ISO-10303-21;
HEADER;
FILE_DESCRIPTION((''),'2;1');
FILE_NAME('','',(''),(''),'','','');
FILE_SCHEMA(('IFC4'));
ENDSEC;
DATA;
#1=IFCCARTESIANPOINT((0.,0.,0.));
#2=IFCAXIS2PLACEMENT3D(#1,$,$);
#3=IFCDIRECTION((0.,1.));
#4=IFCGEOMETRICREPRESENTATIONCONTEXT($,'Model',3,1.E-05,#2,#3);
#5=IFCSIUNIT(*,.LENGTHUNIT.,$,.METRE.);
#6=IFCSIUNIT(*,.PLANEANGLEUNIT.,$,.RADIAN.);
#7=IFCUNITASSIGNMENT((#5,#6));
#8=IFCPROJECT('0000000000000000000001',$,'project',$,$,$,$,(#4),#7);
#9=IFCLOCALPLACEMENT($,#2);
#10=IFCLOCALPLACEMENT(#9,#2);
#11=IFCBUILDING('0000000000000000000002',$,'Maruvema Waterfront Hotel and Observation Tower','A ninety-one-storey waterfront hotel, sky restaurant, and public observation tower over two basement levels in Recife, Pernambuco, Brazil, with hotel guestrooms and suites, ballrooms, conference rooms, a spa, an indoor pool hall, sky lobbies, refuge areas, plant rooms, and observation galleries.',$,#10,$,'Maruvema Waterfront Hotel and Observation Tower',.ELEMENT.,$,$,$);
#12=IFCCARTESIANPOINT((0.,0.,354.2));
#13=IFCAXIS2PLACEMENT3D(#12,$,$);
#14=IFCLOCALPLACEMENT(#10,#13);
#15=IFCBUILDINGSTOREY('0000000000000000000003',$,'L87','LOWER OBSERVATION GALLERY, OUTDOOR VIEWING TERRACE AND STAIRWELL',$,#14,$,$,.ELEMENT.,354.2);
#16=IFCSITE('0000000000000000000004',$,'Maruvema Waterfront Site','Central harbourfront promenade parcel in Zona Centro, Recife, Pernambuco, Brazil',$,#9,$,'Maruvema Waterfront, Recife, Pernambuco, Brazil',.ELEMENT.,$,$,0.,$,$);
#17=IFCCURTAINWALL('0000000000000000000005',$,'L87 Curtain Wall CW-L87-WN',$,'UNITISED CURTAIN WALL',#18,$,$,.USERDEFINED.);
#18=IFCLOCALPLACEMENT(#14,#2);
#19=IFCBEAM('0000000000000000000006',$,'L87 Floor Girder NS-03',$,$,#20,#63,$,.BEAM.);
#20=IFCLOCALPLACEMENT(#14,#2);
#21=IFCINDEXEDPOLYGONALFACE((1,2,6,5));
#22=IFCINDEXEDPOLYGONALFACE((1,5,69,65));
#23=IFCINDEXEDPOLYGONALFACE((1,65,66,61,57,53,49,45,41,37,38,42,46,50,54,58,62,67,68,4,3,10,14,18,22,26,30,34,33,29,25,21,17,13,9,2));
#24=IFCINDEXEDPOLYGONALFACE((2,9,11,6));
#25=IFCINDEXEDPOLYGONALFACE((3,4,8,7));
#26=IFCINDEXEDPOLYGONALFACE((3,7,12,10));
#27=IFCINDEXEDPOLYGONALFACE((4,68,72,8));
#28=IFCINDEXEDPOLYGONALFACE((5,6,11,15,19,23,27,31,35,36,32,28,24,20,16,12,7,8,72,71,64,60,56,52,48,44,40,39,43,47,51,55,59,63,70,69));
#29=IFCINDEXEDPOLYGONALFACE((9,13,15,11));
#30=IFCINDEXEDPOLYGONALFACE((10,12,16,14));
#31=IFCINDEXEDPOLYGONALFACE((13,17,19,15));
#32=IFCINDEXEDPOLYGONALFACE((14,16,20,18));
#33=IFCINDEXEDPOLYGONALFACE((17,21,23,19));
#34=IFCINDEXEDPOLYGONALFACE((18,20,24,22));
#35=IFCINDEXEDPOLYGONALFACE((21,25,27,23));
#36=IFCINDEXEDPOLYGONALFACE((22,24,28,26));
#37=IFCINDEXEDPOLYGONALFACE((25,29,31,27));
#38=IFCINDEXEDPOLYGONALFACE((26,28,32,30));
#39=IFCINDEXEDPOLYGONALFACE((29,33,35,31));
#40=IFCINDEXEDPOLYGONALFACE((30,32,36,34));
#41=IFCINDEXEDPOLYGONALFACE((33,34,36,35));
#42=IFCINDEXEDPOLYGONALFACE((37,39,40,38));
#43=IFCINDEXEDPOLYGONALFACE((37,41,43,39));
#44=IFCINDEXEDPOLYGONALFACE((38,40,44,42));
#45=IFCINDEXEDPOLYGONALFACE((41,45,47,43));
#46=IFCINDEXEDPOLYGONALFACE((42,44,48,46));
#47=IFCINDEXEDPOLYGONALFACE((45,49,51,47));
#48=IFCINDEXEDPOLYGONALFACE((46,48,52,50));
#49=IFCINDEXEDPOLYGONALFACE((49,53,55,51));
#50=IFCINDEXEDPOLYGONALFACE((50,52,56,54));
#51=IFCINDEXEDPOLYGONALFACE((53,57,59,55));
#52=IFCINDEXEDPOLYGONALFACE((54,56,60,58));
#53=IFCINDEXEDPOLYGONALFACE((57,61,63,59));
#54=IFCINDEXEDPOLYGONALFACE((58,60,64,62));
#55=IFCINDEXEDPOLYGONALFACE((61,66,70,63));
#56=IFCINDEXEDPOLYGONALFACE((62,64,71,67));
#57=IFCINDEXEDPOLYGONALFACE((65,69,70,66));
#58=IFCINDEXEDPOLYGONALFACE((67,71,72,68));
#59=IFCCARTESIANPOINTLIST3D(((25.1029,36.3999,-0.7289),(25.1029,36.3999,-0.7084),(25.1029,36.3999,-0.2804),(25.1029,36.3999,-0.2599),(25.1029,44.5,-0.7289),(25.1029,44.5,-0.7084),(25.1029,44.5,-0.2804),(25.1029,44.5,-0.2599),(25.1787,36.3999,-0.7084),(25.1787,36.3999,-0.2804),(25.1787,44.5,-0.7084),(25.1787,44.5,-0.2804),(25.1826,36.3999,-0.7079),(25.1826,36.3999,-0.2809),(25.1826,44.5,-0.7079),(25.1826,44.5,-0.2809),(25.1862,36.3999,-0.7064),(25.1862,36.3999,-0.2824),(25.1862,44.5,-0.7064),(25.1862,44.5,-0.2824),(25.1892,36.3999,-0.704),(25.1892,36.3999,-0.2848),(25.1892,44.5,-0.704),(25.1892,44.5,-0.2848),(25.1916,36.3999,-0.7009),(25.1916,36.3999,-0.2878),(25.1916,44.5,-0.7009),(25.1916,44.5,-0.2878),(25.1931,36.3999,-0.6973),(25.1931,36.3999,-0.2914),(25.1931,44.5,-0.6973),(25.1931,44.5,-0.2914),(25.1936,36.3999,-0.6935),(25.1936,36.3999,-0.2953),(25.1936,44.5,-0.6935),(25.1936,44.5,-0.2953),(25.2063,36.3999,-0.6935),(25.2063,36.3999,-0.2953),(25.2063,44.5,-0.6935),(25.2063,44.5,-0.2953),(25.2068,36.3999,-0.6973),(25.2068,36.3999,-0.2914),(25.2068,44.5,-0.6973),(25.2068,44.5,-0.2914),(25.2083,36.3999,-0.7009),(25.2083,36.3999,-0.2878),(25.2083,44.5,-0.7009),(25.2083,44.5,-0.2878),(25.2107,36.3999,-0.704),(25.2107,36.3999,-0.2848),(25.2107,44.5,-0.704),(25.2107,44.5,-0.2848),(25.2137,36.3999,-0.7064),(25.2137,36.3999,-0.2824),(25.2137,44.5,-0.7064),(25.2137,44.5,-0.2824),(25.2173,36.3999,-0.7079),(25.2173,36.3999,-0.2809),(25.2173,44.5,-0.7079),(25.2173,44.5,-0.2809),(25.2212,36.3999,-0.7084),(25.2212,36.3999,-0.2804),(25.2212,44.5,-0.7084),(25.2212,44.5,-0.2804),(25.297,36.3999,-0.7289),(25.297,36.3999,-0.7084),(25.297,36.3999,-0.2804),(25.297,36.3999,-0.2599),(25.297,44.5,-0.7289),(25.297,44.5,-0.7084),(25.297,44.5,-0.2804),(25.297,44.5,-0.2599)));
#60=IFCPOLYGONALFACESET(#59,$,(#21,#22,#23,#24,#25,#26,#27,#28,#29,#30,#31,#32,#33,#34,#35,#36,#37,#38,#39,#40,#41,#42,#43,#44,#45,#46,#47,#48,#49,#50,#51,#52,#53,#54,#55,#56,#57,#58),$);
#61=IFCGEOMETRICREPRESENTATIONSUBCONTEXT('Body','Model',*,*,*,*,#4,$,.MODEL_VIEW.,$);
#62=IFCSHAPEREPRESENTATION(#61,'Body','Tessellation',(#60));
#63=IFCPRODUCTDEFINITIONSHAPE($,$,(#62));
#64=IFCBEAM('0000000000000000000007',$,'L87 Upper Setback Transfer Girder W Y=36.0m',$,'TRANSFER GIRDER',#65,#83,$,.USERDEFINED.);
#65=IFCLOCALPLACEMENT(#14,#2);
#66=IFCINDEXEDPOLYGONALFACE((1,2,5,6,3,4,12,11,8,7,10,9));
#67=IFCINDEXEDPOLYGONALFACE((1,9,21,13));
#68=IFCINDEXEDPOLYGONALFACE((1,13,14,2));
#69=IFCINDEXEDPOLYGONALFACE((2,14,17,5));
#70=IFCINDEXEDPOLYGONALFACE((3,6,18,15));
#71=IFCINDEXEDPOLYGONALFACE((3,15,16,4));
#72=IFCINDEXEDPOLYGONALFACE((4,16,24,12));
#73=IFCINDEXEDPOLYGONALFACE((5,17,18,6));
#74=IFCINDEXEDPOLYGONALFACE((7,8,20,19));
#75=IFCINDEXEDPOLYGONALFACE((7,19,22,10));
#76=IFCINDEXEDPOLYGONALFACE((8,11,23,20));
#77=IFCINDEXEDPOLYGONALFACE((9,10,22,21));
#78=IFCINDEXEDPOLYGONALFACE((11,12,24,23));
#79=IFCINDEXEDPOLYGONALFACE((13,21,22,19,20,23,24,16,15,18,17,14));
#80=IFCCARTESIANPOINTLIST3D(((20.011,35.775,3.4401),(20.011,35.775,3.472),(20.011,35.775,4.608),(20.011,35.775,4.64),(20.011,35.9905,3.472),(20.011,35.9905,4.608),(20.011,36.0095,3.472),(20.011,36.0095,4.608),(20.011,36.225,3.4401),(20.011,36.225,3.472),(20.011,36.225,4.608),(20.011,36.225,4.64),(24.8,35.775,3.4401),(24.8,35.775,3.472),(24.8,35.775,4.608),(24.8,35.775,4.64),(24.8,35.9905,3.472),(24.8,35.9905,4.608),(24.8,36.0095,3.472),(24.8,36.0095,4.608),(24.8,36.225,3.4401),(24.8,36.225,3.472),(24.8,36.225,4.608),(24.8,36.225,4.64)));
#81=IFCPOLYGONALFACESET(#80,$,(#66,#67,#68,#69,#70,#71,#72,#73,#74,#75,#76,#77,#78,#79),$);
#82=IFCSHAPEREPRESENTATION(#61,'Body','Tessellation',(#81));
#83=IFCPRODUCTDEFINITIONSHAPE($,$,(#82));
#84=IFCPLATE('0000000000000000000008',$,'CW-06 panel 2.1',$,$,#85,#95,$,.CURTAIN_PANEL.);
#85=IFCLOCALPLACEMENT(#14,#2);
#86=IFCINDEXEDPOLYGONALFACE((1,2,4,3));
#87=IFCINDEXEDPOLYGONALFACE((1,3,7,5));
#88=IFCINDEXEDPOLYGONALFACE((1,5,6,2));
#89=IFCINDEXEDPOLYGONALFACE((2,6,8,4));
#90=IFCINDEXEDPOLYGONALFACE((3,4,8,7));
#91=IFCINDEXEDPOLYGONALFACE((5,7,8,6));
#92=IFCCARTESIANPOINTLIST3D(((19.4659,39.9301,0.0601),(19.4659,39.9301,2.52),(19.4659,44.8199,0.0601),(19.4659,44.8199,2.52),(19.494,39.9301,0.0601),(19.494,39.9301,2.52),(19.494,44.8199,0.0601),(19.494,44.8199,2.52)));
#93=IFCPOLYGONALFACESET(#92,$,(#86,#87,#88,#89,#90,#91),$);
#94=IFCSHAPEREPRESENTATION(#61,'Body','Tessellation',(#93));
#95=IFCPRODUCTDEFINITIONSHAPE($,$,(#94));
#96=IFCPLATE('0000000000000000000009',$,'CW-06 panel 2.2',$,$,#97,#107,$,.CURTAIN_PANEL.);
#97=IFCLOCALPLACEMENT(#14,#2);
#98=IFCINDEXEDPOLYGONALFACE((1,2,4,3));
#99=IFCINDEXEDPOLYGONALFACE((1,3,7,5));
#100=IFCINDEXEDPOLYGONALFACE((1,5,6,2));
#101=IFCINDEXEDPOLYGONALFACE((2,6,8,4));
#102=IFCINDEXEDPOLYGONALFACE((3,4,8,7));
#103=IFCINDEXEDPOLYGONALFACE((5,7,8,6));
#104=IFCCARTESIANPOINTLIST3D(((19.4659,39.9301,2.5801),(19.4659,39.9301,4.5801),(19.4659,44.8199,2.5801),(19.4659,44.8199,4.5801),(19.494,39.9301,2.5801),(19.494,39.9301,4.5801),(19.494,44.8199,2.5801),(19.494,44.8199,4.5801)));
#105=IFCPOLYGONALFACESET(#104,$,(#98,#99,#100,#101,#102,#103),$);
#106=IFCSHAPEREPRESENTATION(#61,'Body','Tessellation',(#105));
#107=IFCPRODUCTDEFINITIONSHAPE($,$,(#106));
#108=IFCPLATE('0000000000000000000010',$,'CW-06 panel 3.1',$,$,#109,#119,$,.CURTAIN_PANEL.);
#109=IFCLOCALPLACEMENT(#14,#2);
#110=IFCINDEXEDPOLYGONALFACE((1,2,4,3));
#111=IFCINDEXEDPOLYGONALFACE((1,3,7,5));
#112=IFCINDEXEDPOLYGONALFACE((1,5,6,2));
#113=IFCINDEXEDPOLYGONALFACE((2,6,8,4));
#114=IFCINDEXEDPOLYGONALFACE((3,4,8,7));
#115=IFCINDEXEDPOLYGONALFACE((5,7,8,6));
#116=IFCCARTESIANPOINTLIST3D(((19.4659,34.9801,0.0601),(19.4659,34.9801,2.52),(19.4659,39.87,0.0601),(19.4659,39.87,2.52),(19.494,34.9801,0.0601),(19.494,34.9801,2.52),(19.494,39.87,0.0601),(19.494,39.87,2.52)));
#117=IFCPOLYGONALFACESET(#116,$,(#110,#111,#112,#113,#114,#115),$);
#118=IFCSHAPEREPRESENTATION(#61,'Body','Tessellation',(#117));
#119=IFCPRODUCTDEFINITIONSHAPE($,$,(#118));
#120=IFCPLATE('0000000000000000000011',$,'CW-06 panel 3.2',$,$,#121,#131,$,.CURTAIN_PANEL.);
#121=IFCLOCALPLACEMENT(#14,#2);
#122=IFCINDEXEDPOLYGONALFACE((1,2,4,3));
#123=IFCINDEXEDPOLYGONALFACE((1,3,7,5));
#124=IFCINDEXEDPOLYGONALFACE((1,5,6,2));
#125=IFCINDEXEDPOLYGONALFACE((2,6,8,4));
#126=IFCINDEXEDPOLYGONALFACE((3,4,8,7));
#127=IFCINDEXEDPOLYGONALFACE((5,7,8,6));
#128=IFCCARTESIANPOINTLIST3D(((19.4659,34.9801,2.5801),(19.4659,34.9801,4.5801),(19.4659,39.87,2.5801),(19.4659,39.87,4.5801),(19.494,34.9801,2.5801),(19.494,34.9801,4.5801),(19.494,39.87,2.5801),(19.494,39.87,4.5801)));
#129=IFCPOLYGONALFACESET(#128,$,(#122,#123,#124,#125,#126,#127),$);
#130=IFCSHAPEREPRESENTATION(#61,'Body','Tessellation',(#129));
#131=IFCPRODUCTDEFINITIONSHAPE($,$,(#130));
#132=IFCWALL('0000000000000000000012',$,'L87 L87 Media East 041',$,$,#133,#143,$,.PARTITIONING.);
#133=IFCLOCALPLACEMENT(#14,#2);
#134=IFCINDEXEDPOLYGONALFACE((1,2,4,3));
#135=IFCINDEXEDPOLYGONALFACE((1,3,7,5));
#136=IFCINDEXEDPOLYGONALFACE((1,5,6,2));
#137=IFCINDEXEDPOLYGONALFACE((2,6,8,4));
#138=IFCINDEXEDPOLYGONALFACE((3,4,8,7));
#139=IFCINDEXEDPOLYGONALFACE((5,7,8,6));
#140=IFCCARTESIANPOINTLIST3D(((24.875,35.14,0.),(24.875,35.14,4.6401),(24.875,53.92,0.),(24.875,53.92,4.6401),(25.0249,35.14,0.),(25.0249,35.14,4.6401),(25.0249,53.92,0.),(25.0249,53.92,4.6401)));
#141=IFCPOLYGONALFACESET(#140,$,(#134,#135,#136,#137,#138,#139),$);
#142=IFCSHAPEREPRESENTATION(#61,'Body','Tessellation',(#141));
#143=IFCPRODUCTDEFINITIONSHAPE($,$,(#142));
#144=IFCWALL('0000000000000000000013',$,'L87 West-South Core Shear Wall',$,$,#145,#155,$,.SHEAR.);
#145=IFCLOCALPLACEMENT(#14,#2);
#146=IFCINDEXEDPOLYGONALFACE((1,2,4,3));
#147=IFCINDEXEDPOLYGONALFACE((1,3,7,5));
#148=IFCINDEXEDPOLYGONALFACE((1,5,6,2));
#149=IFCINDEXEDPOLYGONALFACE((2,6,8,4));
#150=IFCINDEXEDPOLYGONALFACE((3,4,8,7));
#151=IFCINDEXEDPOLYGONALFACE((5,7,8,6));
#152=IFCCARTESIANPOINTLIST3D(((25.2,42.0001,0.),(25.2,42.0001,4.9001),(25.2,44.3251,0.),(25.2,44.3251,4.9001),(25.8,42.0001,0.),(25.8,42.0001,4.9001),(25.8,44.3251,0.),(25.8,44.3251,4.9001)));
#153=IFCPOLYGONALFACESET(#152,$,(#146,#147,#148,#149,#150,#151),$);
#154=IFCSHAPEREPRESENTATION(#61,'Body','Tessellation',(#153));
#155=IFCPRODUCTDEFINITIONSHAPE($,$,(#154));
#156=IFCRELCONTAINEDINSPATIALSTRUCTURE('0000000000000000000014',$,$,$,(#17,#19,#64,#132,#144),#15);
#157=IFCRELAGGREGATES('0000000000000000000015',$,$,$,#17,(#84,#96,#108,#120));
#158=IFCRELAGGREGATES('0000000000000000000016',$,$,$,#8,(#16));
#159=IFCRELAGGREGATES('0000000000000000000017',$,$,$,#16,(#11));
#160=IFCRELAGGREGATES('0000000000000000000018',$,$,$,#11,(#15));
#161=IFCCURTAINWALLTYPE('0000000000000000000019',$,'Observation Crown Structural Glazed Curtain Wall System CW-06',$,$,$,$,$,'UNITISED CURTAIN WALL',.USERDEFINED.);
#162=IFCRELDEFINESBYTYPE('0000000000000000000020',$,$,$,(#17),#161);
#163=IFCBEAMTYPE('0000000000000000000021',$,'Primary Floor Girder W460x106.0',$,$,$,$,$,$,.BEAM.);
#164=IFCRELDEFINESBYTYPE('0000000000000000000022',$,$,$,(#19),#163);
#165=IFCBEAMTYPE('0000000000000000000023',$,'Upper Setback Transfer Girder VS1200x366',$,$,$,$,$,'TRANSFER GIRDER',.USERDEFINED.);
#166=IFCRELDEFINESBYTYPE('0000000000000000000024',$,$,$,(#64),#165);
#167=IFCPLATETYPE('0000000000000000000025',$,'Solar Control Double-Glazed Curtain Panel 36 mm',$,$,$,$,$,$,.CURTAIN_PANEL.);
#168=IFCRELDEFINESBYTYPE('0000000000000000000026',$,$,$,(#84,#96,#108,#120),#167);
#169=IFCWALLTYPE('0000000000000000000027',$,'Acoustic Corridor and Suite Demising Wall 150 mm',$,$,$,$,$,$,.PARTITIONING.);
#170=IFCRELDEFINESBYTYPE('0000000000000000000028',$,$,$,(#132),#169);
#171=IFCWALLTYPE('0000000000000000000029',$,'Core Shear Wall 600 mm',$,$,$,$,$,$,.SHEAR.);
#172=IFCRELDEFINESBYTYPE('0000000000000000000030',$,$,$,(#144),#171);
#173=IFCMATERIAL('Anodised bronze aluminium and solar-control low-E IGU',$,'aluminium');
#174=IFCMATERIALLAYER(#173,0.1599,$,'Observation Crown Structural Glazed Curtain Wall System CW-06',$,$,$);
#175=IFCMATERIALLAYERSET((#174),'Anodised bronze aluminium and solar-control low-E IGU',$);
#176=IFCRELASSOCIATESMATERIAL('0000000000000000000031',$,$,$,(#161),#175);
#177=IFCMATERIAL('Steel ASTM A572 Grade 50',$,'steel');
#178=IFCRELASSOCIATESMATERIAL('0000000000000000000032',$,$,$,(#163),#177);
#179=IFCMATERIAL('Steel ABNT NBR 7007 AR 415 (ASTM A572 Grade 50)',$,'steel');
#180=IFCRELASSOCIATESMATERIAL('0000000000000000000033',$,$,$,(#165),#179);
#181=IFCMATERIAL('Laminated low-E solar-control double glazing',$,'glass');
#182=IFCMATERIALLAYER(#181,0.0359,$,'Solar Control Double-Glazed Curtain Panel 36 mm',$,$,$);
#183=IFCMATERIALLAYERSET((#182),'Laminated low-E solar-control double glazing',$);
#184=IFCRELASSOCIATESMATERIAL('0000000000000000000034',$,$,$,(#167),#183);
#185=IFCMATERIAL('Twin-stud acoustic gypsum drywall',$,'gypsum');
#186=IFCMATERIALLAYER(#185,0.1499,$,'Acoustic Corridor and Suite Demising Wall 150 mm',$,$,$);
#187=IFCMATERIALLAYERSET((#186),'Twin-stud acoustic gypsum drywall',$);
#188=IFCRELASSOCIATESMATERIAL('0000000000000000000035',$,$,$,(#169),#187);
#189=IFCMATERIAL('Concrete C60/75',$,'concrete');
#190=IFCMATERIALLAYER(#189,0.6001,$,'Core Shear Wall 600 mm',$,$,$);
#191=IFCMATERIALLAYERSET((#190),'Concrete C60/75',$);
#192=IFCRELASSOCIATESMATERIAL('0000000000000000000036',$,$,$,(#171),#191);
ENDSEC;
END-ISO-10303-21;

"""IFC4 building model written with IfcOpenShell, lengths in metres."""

from ifc_helpers import new_model, si_unit, direction, frame, frame_2d, origin, origin_2d, place, context, subcontext, project, spatial, rectangle, i_section, extrude, material, layer, layer_set, material_profile, profile_set, type_object, element, aggregate, save


model = new_model("IFC4")

# Units and contexts
model_context = context("Model", 3, precision=1e-05, world=origin(), true_north=direction((0.0, 1.0)))
body_context = subcontext(model_context, "Body", "Model", "MODEL_VIEW")
ifc_project = project(units=[si_unit("LENGTHUNIT", "METRE"), si_unit("PLANEANGLEUNIT", "RADIAN")], contexts=[model_context])

# Site, building, storey
site_placement = place(None, origin())
site = spatial("IfcSite", under=ifc_project, at=site_placement, Name="Maruvema Waterfront Site", Description="Central harbourfront promenade parcel in Zona Centro, Recife, Pernambuco, Brazil", LongName="Maruvema Waterfront, Recife, Pernambuco, Brazil", CompositionType="ELEMENT", RefElevation=0.0)
building_placement = place(site_placement, origin())
building = spatial("IfcBuilding", under=site, at=building_placement, Name="Maruvema Waterfront Hotel and Observation Tower", Description="A ninety-one-storey waterfront hotel, sky restaurant, and public observation tower over two basement levels in Recife, Pernambuco, Brazil, with hotel guestrooms and suites, ballrooms, conference rooms, a spa, an indoor pool hall, sky lobbies, refuge areas, plant rooms, and observation galleries.", LongName="Maruvema Waterfront Hotel and Observation Tower", CompositionType="ELEMENT")
storey_placement = place(building_placement, frame((0.0, 0.0, 354.2)))
storey = spatial("IfcBuildingStorey", under=building, at=storey_placement, Name="L87", Description="LOWER OBSERVATION GALLERY, OUTDOOR VIEWING TERRACE AND STAIRWELL", CompositionType="ELEMENT", Elevation=354.2)

# Curtain wall
ifc_material_1 = material(Name="Anodised bronze aluminium and solar-control low-E IGU", Category="aluminium")
ifc_layer_1 = layer(ifc_material_1, 0.1599, Name="Observation Crown Structural Glazed Curtain Wall System CW-06")
ifc_layer_set_1 = layer_set([ifc_layer_1], Name="Anodised bronze aluminium and solar-control low-E IGU")
curtain_wall_type = type_object("IfcCurtainWallType", Name="Observation Crown Structural Glazed Curtain Wall System CW-06", ElementType="UNITISED CURTAIN WALL", PredefinedType="USERDEFINED", material=ifc_layer_set_1)
curtain_wall_placement = place(storey_placement, origin())
curtain_wall = element("IfcCurtainWall", 1, at=curtain_wall_placement, inside=storey, type_object=curtain_wall_type, Name="L87 Curtain Wall CW-L87-WN", ObjectType="UNITISED CURTAIN WALL", PredefinedType="USERDEFINED")

# Beams
ifc_material_2 = material(Name="Steel ASTM A572 Grade 50", Category="steel")
ifc_material_profile_1 = material_profile(ifc_material_2, i_section(OverallWidth=0.1941, OverallDepth=0.469, WebThickness=0.0127, FlangeThickness=0.0205, FilletRadius=0.0149, at=origin_2d()), Name="W460x106.0")
ifc_profile_set_1 = profile_set([ifc_material_profile_1], Name="Steel ASTM A572 Grade 50")
beam_type_1 = type_object("IfcBeamType", Name="Primary Floor Girder W460x106.0", PredefinedType="BEAM", material=ifc_profile_set_1)
beam_1_placement = place(storey_placement, frame((25.2, 36.3999, -0.4944), z_axis=(0.0, 1.0, 0.0), x_axis=(-1.0, 0.0, 0.0)))
element("IfcBeam", 2, at=beam_1_placement, inside=storey, type_object=beam_type_1, Name="L87 Floor Girder NS-03", PredefinedType="BEAM", context=body_context, shape_type="SweptSolid", body=[
    extrude(i_section(OverallWidth=0.1941, OverallDepth=0.469, WebThickness=0.0127, FlangeThickness=0.0205, FilletRadius=0.0149, at=origin_2d()), origin(), (0.0, 0.0, 1.0), 8.1001),
])
ifc_material_3 = material(Name="Steel ABNT NBR 7007 AR 415 (ASTM A572 Grade 50)", Category="steel")
ifc_material_profile_2 = material_profile(ifc_material_3, i_section(OverallWidth=0.45, OverallDepth=1.2, WebThickness=0.019, FlangeThickness=0.032, at=origin_2d()), Name="VS1200x366")
ifc_profile_set_2 = profile_set([ifc_material_profile_2], Name="Steel ABNT NBR 7007 AR 415 (ASTM A572 Grade 50)")
beam_type_2 = type_object("IfcBeamType", Name="Upper Setback Transfer Girder VS1200x366", ElementType="TRANSFER GIRDER", PredefinedType="USERDEFINED", material=ifc_profile_set_2)
beam_2_placement = place(storey_placement, frame((20.011, 36.0, 4.04), z_axis=(1.0, 0.0, 0.0), x_axis=(0.0, 1.0, 0.0)))
element("IfcBeam", 3, at=beam_2_placement, inside=storey, type_object=beam_type_2, Name="L87 Upper Setback Transfer Girder W Y=36.0m", ObjectType="TRANSFER GIRDER", PredefinedType="USERDEFINED", context=body_context, shape_type="SweptSolid", body=[
    extrude(i_section(OverallWidth=0.45, OverallDepth=1.2, WebThickness=0.019, FlangeThickness=0.032, at=origin_2d()), origin(), (0.0, 0.0, 1.0), 4.7891),
])

# Plates
ifc_material_4 = material(Name="Laminated low-E solar-control double glazing", Category="glass")
ifc_layer_2 = layer(ifc_material_4, 0.0359, Name="Solar Control Double-Glazed Curtain Panel 36 mm")
ifc_layer_set_2 = layer_set([ifc_layer_2], Name="Laminated low-E solar-control double glazing")
plate_type = type_object("IfcPlateType", Name="Solar Control Double-Glazed Curtain Panel 36 mm", PredefinedType="CURTAIN_PANEL", material=ifc_layer_set_2)
plate_1_placement = place(storey_placement, frame((19.48, 42.375, 0.0601), z_axis=(0.0, 0.0, 1.0), x_axis=(0.0, -1.0, 0.0)))
plate_1 = element("IfcPlate", 4, at=plate_1_placement, type_object=plate_type, Name="CW-06 panel 2.1", PredefinedType="CURTAIN_PANEL", context=body_context, shape_type="SweptSolid", body=[
    extrude(rectangle(XDim=4.8899, YDim=0.0281, at=origin_2d()), origin(), (0.0, 0.0, 1.0), 2.46),
])
plate_2_placement = place(storey_placement, frame((19.48, 42.375, 2.5801), z_axis=(0.0, 0.0, 1.0), x_axis=(0.0, -1.0, 0.0)))
plate_2 = element("IfcPlate", 5, at=plate_2_placement, type_object=plate_type, Name="CW-06 panel 2.2", PredefinedType="CURTAIN_PANEL", context=body_context, shape_type="SweptSolid", body=[
    extrude(rectangle(XDim=4.8899, YDim=0.0281, at=origin_2d()), origin(), (0.0, 0.0, 1.0), 2.0),
])
plate_3_placement = place(storey_placement, frame((19.48, 37.425, 0.0601), z_axis=(0.0, 0.0, 1.0), x_axis=(0.0, -1.0, 0.0)))
plate_3 = element("IfcPlate", 6, at=plate_3_placement, type_object=plate_type, Name="CW-06 panel 3.1", PredefinedType="CURTAIN_PANEL", context=body_context, shape_type="SweptSolid", body=[
    extrude(rectangle(XDim=4.8899, YDim=0.0281, at=origin_2d()), origin(), (0.0, 0.0, 1.0), 2.46),
])
plate_4_placement = place(storey_placement, frame((19.48, 37.425, 2.5801), z_axis=(0.0, 0.0, 1.0), x_axis=(0.0, -1.0, 0.0)))
plate_4 = element("IfcPlate", 7, at=plate_4_placement, type_object=plate_type, Name="CW-06 panel 3.2", PredefinedType="CURTAIN_PANEL", context=body_context, shape_type="SweptSolid", body=[
    extrude(rectangle(XDim=4.8899, YDim=0.0281, at=origin_2d()), origin(), (0.0, 0.0, 1.0), 2.0),
])
aggregate(curtain_wall, [plate_1, plate_2, plate_3, plate_4])

# Wall
ifc_material_5 = material(Name="Twin-stud acoustic gypsum drywall", Category="gypsum")
ifc_layer_3 = layer(ifc_material_5, 0.1499, Name="Acoustic Corridor and Suite Demising Wall 150 mm")
ifc_layer_set_3 = layer_set([ifc_layer_3], Name="Twin-stud acoustic gypsum drywall")
wall_type_1 = type_object("IfcWallType", Name="Acoustic Corridor and Suite Demising Wall 150 mm", PredefinedType="PARTITIONING", material=ifc_layer_set_3)
wall_1_placement = place(storey_placement, frame((24.95, 35.1399, 0.0), z_axis=(0.0, 0.0, 1.0), x_axis=(0.0, 1.0, 0.0)))
element("IfcWall", 8, at=wall_1_placement, inside=storey, type_object=wall_type_1, Name="L87 L87 Media East 041", PredefinedType="PARTITIONING", context=body_context, shape_type="SweptSolid", body=[
    extrude(rectangle(XDim=18.78, YDim=0.1499, at=frame_2d((9.3901, 0.0))), origin(), (0.0, 0.0, 1.0), 4.6401),
])

# Shared definitions
ifc_material_6 = material(Name="Concrete C60/75", Category="concrete")
ifc_layer_4 = layer(ifc_material_6, 0.6001, Name="Core Shear Wall 600 mm")
ifc_layer_set_4 = layer_set([ifc_layer_4], Name="Concrete C60/75")
wall_type_2 = type_object("IfcWallType", Name="Core Shear Wall 600 mm", PredefinedType="SHEAR", material=ifc_layer_set_4)

# Wall
wall_2_placement = place(storey_placement, frame((25.5, 42.0, 0.0), z_axis=(0.0, 0.0, 1.0), x_axis=(0.0, 1.0, 0.0)))
element("IfcWall", 9, at=wall_2_placement, inside=storey, type_object=wall_type_2, Name="L87 West-South Core Shear Wall", PredefinedType="SHEAR", context=body_context, shape_type="SweptSolid", body=[
    extrude(rectangle(XDim=2.325, YDim=0.6001, at=frame_2d((1.1626, 0.0))), origin(), (0.0, 0.0, 1.0), 4.9001),
])

save(model, "model.ifc")
